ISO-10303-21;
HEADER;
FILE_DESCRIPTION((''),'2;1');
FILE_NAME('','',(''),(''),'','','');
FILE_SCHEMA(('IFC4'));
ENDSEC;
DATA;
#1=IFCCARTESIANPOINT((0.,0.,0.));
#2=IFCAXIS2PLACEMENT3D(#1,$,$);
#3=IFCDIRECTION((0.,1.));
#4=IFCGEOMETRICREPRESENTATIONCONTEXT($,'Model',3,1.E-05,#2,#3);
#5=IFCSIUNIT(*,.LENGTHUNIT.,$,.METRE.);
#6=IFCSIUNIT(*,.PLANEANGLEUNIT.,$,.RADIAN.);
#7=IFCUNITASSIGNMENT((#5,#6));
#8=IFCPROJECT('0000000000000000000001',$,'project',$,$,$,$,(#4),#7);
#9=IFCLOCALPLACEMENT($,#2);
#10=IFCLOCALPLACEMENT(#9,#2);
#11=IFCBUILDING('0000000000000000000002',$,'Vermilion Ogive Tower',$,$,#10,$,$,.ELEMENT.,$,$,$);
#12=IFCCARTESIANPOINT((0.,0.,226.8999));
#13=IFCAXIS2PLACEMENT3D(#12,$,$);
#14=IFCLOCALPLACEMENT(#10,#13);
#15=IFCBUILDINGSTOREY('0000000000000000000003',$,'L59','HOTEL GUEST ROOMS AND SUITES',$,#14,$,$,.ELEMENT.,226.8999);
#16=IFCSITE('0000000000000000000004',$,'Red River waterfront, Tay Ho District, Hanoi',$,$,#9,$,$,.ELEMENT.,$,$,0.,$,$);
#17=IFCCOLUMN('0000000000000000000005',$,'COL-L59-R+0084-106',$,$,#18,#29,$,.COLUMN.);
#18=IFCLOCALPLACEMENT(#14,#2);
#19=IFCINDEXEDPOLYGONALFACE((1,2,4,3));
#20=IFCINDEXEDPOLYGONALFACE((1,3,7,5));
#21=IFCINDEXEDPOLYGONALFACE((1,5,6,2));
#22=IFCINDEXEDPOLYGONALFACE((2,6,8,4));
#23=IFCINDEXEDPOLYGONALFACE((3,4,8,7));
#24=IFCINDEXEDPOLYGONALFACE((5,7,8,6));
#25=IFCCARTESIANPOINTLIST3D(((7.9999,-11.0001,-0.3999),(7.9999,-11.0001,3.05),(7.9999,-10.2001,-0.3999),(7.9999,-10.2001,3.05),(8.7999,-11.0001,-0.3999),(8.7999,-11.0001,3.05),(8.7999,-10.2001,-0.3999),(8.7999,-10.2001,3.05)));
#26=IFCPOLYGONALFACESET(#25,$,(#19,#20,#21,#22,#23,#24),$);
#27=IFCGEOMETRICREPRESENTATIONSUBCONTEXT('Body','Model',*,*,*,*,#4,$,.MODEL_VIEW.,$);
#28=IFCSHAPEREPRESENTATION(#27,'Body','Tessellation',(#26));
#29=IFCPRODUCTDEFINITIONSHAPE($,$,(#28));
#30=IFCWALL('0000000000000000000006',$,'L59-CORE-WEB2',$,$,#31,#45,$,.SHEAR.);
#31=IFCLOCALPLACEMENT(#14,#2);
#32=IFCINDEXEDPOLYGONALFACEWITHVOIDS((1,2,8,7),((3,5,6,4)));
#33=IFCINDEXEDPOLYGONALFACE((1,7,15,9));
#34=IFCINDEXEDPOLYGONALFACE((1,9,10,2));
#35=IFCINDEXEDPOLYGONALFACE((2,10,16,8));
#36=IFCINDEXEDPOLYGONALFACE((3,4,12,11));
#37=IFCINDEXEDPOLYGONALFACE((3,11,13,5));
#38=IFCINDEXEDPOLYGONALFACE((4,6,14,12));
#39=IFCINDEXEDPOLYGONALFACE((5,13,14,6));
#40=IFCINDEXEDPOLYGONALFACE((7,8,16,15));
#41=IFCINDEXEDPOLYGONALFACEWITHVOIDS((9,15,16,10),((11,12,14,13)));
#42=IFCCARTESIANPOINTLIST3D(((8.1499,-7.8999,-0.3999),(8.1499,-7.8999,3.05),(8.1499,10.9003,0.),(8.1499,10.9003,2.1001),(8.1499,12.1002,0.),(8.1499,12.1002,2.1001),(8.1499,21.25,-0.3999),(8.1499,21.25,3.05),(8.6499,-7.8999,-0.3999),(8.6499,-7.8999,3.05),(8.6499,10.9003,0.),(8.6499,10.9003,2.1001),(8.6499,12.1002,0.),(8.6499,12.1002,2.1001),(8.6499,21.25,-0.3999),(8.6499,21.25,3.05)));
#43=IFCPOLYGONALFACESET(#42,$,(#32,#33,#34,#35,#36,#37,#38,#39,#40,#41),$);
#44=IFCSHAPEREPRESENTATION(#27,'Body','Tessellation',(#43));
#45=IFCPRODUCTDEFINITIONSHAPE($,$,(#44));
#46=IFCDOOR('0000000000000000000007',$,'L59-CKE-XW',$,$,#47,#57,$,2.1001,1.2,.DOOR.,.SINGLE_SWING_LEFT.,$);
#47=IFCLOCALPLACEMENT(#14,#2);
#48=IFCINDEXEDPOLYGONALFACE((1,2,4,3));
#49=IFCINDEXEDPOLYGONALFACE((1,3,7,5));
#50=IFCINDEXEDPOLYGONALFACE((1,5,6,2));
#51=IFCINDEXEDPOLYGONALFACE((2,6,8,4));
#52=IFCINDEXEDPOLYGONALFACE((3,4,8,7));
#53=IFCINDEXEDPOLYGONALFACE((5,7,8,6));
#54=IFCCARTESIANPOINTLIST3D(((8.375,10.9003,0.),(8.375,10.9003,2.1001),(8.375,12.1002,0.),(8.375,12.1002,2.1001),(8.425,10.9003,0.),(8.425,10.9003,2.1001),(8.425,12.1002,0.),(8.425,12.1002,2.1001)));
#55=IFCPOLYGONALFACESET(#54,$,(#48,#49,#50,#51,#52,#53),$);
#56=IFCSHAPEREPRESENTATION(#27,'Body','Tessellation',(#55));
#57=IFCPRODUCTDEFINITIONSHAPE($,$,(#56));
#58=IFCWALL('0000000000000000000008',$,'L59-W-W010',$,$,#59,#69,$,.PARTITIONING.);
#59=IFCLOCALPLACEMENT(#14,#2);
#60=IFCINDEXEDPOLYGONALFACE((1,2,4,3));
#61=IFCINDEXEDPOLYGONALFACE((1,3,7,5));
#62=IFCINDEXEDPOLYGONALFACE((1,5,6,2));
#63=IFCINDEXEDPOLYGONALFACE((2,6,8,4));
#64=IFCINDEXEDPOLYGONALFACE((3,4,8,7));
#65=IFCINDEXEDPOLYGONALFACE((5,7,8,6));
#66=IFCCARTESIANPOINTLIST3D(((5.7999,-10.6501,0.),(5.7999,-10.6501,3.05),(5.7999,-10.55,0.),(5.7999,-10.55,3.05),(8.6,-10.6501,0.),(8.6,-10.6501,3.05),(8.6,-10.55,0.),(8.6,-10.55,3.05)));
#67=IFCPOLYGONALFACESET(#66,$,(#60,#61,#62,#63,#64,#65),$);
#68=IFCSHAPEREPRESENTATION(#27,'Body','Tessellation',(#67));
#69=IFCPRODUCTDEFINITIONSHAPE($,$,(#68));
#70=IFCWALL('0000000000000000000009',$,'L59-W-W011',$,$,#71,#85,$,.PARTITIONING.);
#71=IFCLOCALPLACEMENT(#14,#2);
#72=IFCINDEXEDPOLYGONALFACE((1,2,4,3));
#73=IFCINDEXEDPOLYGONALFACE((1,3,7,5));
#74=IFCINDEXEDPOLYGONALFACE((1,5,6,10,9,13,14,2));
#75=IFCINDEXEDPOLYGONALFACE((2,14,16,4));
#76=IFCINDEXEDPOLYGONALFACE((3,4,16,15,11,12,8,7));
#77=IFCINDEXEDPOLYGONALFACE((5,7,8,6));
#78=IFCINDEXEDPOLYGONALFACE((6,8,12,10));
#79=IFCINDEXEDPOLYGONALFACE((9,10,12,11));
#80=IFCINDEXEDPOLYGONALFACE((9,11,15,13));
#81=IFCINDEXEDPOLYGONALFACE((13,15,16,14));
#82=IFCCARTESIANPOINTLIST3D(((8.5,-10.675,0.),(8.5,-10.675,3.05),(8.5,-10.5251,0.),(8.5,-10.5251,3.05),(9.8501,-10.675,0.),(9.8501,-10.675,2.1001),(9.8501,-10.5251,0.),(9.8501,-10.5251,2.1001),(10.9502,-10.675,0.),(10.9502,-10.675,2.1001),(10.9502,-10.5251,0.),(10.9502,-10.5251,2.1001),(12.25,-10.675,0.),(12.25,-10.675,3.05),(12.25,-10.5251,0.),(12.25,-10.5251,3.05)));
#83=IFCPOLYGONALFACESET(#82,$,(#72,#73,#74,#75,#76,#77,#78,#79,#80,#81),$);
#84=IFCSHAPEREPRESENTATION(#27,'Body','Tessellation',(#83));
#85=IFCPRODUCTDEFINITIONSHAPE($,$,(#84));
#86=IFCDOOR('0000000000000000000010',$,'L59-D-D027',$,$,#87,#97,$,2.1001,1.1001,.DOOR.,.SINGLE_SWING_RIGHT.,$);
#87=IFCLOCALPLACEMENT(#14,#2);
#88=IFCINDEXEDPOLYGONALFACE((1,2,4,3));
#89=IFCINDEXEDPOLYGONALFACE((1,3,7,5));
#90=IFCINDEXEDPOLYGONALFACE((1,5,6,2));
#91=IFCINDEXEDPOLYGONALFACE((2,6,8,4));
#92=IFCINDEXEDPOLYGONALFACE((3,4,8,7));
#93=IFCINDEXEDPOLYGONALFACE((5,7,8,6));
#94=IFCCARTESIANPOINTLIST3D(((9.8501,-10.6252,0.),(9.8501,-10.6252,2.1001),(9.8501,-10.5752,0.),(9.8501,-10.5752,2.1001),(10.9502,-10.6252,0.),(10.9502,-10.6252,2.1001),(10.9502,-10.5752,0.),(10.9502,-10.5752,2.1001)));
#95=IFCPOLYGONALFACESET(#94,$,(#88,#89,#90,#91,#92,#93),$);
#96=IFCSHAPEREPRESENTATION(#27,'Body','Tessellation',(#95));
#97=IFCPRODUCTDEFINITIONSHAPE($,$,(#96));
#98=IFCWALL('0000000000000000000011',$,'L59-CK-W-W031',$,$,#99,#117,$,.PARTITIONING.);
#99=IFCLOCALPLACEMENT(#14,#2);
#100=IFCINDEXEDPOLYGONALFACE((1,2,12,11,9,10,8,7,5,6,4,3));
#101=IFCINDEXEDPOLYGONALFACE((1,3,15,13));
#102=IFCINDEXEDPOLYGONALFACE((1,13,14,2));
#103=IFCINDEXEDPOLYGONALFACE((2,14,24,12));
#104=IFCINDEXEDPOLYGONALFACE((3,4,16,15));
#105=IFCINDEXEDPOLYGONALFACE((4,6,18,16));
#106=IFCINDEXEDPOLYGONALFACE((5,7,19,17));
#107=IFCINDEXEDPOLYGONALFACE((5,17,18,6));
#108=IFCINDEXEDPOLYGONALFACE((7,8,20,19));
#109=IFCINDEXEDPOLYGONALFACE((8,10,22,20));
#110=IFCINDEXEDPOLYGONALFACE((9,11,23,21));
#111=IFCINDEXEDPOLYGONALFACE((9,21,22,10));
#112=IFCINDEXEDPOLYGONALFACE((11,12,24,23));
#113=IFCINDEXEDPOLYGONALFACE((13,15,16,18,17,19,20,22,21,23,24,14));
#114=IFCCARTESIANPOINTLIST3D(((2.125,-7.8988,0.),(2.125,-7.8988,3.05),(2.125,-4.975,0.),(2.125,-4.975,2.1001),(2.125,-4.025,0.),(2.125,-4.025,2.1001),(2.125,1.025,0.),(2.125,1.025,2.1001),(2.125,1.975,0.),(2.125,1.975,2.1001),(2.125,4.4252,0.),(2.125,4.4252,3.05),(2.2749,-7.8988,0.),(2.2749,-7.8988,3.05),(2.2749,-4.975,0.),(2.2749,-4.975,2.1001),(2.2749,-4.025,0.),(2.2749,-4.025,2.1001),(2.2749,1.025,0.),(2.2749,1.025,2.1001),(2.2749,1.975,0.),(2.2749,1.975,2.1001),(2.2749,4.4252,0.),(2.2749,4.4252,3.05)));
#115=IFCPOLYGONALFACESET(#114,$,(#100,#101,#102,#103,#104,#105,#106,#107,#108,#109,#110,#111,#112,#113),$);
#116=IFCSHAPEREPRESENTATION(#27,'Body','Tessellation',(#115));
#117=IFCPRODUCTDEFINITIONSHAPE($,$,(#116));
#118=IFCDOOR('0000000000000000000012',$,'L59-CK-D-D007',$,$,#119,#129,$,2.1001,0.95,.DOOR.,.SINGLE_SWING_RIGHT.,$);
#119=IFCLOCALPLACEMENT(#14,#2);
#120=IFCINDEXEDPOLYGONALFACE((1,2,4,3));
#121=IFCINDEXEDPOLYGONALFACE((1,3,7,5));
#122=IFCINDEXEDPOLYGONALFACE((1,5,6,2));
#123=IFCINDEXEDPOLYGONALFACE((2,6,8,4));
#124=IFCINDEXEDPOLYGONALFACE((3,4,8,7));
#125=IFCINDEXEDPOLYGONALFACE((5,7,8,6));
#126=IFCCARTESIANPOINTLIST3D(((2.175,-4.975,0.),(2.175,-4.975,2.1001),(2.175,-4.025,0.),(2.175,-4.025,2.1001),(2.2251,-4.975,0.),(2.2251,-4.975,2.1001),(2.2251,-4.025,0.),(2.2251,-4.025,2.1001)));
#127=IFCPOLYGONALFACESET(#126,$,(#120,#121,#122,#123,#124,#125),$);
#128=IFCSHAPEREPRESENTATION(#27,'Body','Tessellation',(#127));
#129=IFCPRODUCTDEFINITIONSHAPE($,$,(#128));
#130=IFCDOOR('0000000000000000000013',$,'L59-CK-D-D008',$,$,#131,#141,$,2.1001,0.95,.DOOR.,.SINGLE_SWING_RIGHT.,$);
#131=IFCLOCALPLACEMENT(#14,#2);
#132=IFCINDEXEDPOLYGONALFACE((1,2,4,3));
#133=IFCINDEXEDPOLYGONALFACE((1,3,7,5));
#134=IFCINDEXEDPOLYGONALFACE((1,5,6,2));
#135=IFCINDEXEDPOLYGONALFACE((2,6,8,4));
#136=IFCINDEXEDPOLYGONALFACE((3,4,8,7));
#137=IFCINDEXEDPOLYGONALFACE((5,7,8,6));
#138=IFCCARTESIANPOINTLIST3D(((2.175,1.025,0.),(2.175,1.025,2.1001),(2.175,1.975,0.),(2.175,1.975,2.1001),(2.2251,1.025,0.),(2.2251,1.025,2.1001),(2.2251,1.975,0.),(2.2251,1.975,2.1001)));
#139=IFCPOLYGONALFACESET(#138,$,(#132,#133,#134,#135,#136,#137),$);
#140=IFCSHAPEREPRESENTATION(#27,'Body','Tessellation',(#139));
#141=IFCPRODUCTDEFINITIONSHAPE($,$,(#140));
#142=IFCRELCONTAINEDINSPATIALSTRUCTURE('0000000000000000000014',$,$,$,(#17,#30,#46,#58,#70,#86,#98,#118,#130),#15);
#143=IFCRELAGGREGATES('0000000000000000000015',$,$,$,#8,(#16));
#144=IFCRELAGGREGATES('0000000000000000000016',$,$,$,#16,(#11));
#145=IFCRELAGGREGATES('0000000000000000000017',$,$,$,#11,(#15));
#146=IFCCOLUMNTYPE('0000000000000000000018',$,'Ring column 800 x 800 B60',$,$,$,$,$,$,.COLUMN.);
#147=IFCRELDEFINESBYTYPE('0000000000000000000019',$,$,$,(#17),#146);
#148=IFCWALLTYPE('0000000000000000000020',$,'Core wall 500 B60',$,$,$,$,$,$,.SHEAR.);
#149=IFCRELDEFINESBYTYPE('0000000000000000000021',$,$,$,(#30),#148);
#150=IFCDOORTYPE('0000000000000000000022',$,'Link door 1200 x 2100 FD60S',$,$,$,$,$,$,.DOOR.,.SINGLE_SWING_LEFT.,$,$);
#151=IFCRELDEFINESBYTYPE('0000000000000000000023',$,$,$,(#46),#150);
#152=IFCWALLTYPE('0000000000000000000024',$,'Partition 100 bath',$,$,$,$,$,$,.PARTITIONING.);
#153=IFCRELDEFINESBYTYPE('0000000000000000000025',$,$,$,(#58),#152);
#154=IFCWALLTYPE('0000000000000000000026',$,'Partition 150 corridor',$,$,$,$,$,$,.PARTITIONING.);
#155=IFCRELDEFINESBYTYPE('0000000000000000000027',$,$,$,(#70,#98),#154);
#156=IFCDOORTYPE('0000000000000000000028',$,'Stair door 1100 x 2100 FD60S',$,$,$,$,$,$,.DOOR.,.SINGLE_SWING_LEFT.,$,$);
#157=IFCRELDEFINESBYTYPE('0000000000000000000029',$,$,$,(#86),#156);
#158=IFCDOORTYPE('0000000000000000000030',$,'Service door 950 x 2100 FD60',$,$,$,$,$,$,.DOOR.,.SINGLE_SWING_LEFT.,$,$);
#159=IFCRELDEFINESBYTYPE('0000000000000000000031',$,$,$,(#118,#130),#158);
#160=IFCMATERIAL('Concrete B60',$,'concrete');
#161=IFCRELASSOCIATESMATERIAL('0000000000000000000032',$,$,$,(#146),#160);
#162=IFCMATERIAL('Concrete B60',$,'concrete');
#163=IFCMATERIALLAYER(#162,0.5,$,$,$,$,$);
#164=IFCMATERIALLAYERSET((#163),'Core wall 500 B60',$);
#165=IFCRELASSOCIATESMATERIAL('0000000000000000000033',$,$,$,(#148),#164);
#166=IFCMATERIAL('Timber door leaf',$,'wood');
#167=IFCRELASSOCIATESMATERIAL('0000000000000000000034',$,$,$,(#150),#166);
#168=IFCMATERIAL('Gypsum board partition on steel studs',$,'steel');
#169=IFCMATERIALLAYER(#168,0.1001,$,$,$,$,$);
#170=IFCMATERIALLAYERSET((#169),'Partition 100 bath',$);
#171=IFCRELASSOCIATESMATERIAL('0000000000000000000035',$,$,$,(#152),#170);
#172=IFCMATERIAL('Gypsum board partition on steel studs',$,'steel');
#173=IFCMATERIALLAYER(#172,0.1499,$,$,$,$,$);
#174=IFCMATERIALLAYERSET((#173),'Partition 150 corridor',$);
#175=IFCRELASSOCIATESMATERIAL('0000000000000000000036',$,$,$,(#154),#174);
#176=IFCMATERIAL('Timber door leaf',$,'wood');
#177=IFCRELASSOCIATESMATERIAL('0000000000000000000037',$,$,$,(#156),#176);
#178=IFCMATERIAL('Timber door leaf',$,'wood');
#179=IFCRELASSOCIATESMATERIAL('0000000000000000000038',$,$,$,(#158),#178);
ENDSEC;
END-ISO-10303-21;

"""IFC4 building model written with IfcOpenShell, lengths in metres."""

from ifc_helpers import new_model, si_unit, direction, frame, frame_2d, origin, origin_2d, place, context, subcontext, project, spatial, rectangle, extrude, material, layer, layer_set, material_profile, profile_set, type_object, element, fill, save


model = new_model("IFC4")

# Units and contexts
model_context = context("Model", 3, precision=1e-05, world=origin(), true_north=direction((0.0, 1.0)))
body_context = subcontext(model_context, "Body", "Model", "MODEL_VIEW")
ifc_project = project(units=[si_unit("LENGTHUNIT", "METRE"), si_unit("PLANEANGLEUNIT", "RADIAN")], contexts=[model_context])

# Site, building, storey
site_placement = place(None, origin())
site = spatial("IfcSite", under=ifc_project, at=site_placement, Name="Red River waterfront, Tay Ho District, Hanoi", CompositionType="ELEMENT", RefElevation=0.0)
building_placement = place(site_placement, origin())
building = spatial("IfcBuilding", under=site, at=building_placement, Name="Vermilion Ogive Tower", CompositionType="ELEMENT")
storey_placement = place(building_placement, frame((0.0, 0.0, 226.8999)))
storey = spatial("IfcBuildingStorey", under=building, at=storey_placement, Name="L59", Description="HOTEL GUEST ROOMS AND SUITES", CompositionType="ELEMENT", Elevation=226.8999)

# Column
ifc_material_1 = material(Name="Concrete B60", Category="concrete")
ifc_material_profile = material_profile(ifc_material_1, rectangle(XDim=0.8, YDim=0.8, at=origin_2d()), Name="800 x 800")
ifc_profile_set = profile_set([ifc_material_profile], Name="Concrete B60")
column_type = type_object("IfcColumnType", Name="Ring column 800 x 800 B60", PredefinedType="COLUMN", material=ifc_profile_set)
column_placement = place(storey_placement, frame((8.3999, -10.6001, -0.3999), z_axis=(0.0, 0.0, 1.0), x_axis=(1.0, 0.0, 0.0)))
element("IfcColumn", 1, at=column_placement, inside=storey, type_object=column_type, Name="COL-L59-R+0084-106", PredefinedType="COLUMN", context=body_context, shape_type="SweptSolid", body=[
    extrude(rectangle(XDim=0.8, YDim=0.8, at=origin_2d()), origin(), (0.0, 0.0, 1.0), 3.45),
])

# Wall, opening, door
ifc_material_2 = material(Name="Concrete B60", Category="concrete")
ifc_layer_1 = layer(ifc_material_2, 0.5)
ifc_layer_set_1 = layer_set([ifc_layer_1], Name="Core wall 500 B60")
wall_type_1 = type_object("IfcWallType", Name="Core wall 500 B60", PredefinedType="SHEAR", material=ifc_layer_set_1)
wall_1_placement = place(storey_placement, frame((8.3999, -7.8999, -0.3999), z_axis=(0.0, 0.0, 1.0), x_axis=(0.0, 1.0, 0.0)))
wall_1 = element("IfcWall", 2, at=wall_1_placement, inside=storey, type_object=wall_type_1, Name="L59-CORE-WEB2", PredefinedType="SHEAR", context=body_context, shape_type="SweptSolid", body=[
    extrude(rectangle(XDim=29.1499, YDim=0.5, at=frame_2d((14.575, 0.0))), origin(), (0.0, 0.0, 1.0), 3.45),
])
opening_1_placement = place(wall_1_placement, frame((18.8, 0.0, 0.3999)))
opening_1 = element("IfcOpeningElement", 3, at=opening_1_placement, cuts=wall_1, PredefinedType="OPENING", context=body_context, shape_type="SweptSolid", body=[
    extrude(rectangle(XDim=1.2, YDim=2.1001, at=frame_2d((0.6001, 1.05))), frame((0.0, 0.26, 0.0), z_axis=(0.0, -1.0, 0.0), x_axis=(1.0, 0.0, 0.0)), (0.0, 0.0, 1.0), 0.52),
])
ifc_material_3 = material(Name="Timber door leaf", Category="wood")
door_type_1 = type_object("IfcDoorType", Name="Link door 1200 x 2100 FD60S", OperationType="SINGLE_SWING_LEFT", PredefinedType="DOOR", material=ifc_material_3)
door_1_placement = place(opening_1_placement, origin())
door_1 = element("IfcDoor", 4, at=door_1_placement, inside=storey, type_object=door_type_1, Name="L59-CKE-XW", OperationType="SINGLE_SWING_LEFT", OverallHeight=2.1001, OverallWidth=1.2, PredefinedType="DOOR", context=body_context, shape_type="SweptSolid", body=[
    extrude(rectangle(XDim=1.2, YDim=2.1001, at=frame_2d((0.6001, 1.05))), frame((0.0, 0.0249, 0.0), z_axis=(0.0, -1.0, 0.0), x_axis=(1.0, 0.0, 0.0)), (0.0, 0.0, 1.0), 0.05),
])
fill(opening_1, door_1)

# Wall
ifc_material_4 = material(Name="Gypsum board partition on steel studs", Category="steel")
ifc_layer_2 = layer(ifc_material_4, 0.1001)
ifc_layer_set_2 = layer_set([ifc_layer_2], Name="Partition 100 bath")
wall_type_2 = type_object("IfcWallType", Name="Partition 100 bath", PredefinedType="PARTITIONING", material=ifc_layer_set_2)
wall_2_placement = place(storey_placement, frame((5.8, -10.6001, 0.0), z_axis=(0.0, 0.0, 1.0), x_axis=(1.0, 0.0, 0.0)))
element("IfcWall", 5, at=wall_2_placement, inside=storey, type_object=wall_type_2, Name="L59-W-W010", PredefinedType="PARTITIONING", context=body_context, shape_type="SweptSolid", body=[
    extrude(rectangle(XDim=2.8, YDim=0.1001, at=frame_2d((1.3999, 0.0))), origin(), (0.0, 0.0, 1.0), 3.05),
])

# Wall, opening, door
ifc_material_5 = material(Name="Gypsum board partition on steel studs", Category="steel")
ifc_layer_3 = layer(ifc_material_5, 0.1499)
ifc_layer_set_3 = layer_set([ifc_layer_3], Name="Partition 150 corridor")
wall_type_3 = type_object("IfcWallType", Name="Partition 150 corridor", PredefinedType="PARTITIONING", material=ifc_layer_set_3)
wall_3_placement = place(storey_placement, frame((8.5, -10.6001, 0.0), z_axis=(0.0, 0.0, 1.0), x_axis=(1.0, 0.0, 0.0)))
wall_3 = element("IfcWall", 6, at=wall_3_placement, inside=storey, type_object=wall_type_3, Name="L59-W-W011", PredefinedType="PARTITIONING", context=body_context, shape_type="SweptSolid", body=[
    extrude(rectangle(XDim=3.75, YDim=0.1499, at=frame_2d((1.875, 0.0))), origin(), (0.0, 0.0, 1.0), 3.05),
])
opening_2_placement = place(wall_3_placement, frame((1.3501, 0.0, 0.0)))
opening_2 = element("IfcOpeningElement", 7, at=opening_2_placement, cuts=wall_3, PredefinedType="OPENING", context=body_context, shape_type="SweptSolid", body=[
    extrude(rectangle(XDim=1.1001, YDim=2.1001, at=frame_2d((0.55, 1.05))), frame((0.0, 0.085, 0.0), z_axis=(0.0, -1.0, 0.0), x_axis=(1.0, 0.0, 0.0)), (0.0, 0.0, 1.0), 0.1699),
])
ifc_material_6 = material(Name="Timber door leaf", Category="wood")
door_type_2 = type_object("IfcDoorType", Name="Stair door 1100 x 2100 FD60S", OperationType="SINGLE_SWING_LEFT", PredefinedType="DOOR", material=ifc_material_6)
door_2_placement = place(opening_2_placement, origin())
door_2 = element("IfcDoor", 8, at=door_2_placement, inside=storey, type_object=door_type_2, Name="L59-D-D027", OperationType="SINGLE_SWING_RIGHT", OverallHeight=2.1001, OverallWidth=1.1001, PredefinedType="DOOR", context=body_context, shape_type="SweptSolid", body=[
    extrude(rectangle(XDim=1.1001, YDim=2.1001, at=frame_2d((0.55, 1.05))), frame((0.0, 0.0249, 0.0), z_axis=(0.0, -1.0, 0.0), x_axis=(1.0, 0.0, 0.0)), (0.0, 0.0, 1.0), 0.05),
])
fill(opening_2, door_2)

# Wall, openings, doors
wall_4_placement = place(storey_placement, frame((2.2, -7.8989, 0.0), z_axis=(0.0, 0.0, 1.0), x_axis=(0.0, 1.0, 0.0)))
wall_4 = element("IfcWall", 9, at=wall_4_placement, inside=storey, type_object=wall_type_3, Name="L59-CK-W-W031", PredefinedType="PARTITIONING", context=body_context, shape_type="SweptSolid", body=[
    extrude(rectangle(XDim=12.324, YDim=0.1499, at=frame_2d((6.1621, 0.0))), origin(), (0.0, 0.0, 1.0), 3.05),
])
opening_3_placement = place(wall_4_placement, frame((2.9238, 0.0, 0.0)))
opening_3 = element("IfcOpeningElement", 10, at=opening_3_placement, cuts=wall_4, PredefinedType="OPENING", context=body_context, shape_type="SweptSolid", body=[
    extrude(rectangle(XDim=0.95, YDim=2.1001, at=frame_2d((0.4751, 1.05))), frame((0.0, 0.085, 0.0), z_axis=(0.0, -1.0, 0.0), x_axis=(1.0, 0.0, 0.0)), (0.0, 0.0, 1.0), 0.1699),
])
opening_4_placement = place(wall_4_placement, frame((8.9238, 0.0, 0.0)))
opening_4 = element("IfcOpeningElement", 11, at=opening_4_placement, cuts=wall_4, PredefinedType="OPENING", context=body_context, shape_type="SweptSolid", body=[
    extrude(rectangle(XDim=0.95, YDim=2.1001, at=frame_2d((0.4751, 1.05))), frame((0.0, 0.085, 0.0), z_axis=(0.0, -1.0, 0.0), x_axis=(1.0, 0.0, 0.0)), (0.0, 0.0, 1.0), 0.1699),
])
ifc_material_7 = material(Name="Timber door leaf", Category="wood")
door_type_3 = type_object("IfcDoorType", Name="Service door 950 x 2100 FD60", OperationType="SINGLE_SWING_LEFT", PredefinedType="DOOR", material=ifc_material_7)
door_3_placement = place(opening_3_placement, origin())
door_3 = element("IfcDoor", 12, at=door_3_placement, inside=storey, type_object=door_type_3, Name="L59-CK-D-D007", OperationType="SINGLE_SWING_RIGHT", OverallHeight=2.1001, OverallWidth=0.95, PredefinedType="DOOR", context=body_context, shape_type="SweptSolid", body=[
    extrude(rectangle(XDim=0.95, YDim=2.1001, at=frame_2d((0.4751, 1.05))), frame((0.0, 0.0249, 0.0), z_axis=(0.0, -1.0, 0.0), x_axis=(1.0, 0.0, 0.0)), (0.0, 0.0, 1.0), 0.05),
])
fill(opening_3, door_3)
door_4_placement = place(opening_4_placement, origin())
door_4 = element("IfcDoor", 13, at=door_4_placement, inside=storey, type_object=door_type_3, Name="L59-CK-D-D008", OperationType="SINGLE_SWING_RIGHT", OverallHeight=2.1001, OverallWidth=0.95, PredefinedType="DOOR", context=body_context, shape_type="SweptSolid", body=[
    extrude(rectangle(XDim=0.95, YDim=2.1001, at=frame_2d((0.4751, 1.05))), frame((0.0, 0.0249, 0.0), z_axis=(0.0, -1.0, 0.0), x_axis=(1.0, 0.0, 0.0)), (0.0, 0.0, 1.0), 0.05),
])
fill(opening_4, door_4)

save(model, "model.ifc")
